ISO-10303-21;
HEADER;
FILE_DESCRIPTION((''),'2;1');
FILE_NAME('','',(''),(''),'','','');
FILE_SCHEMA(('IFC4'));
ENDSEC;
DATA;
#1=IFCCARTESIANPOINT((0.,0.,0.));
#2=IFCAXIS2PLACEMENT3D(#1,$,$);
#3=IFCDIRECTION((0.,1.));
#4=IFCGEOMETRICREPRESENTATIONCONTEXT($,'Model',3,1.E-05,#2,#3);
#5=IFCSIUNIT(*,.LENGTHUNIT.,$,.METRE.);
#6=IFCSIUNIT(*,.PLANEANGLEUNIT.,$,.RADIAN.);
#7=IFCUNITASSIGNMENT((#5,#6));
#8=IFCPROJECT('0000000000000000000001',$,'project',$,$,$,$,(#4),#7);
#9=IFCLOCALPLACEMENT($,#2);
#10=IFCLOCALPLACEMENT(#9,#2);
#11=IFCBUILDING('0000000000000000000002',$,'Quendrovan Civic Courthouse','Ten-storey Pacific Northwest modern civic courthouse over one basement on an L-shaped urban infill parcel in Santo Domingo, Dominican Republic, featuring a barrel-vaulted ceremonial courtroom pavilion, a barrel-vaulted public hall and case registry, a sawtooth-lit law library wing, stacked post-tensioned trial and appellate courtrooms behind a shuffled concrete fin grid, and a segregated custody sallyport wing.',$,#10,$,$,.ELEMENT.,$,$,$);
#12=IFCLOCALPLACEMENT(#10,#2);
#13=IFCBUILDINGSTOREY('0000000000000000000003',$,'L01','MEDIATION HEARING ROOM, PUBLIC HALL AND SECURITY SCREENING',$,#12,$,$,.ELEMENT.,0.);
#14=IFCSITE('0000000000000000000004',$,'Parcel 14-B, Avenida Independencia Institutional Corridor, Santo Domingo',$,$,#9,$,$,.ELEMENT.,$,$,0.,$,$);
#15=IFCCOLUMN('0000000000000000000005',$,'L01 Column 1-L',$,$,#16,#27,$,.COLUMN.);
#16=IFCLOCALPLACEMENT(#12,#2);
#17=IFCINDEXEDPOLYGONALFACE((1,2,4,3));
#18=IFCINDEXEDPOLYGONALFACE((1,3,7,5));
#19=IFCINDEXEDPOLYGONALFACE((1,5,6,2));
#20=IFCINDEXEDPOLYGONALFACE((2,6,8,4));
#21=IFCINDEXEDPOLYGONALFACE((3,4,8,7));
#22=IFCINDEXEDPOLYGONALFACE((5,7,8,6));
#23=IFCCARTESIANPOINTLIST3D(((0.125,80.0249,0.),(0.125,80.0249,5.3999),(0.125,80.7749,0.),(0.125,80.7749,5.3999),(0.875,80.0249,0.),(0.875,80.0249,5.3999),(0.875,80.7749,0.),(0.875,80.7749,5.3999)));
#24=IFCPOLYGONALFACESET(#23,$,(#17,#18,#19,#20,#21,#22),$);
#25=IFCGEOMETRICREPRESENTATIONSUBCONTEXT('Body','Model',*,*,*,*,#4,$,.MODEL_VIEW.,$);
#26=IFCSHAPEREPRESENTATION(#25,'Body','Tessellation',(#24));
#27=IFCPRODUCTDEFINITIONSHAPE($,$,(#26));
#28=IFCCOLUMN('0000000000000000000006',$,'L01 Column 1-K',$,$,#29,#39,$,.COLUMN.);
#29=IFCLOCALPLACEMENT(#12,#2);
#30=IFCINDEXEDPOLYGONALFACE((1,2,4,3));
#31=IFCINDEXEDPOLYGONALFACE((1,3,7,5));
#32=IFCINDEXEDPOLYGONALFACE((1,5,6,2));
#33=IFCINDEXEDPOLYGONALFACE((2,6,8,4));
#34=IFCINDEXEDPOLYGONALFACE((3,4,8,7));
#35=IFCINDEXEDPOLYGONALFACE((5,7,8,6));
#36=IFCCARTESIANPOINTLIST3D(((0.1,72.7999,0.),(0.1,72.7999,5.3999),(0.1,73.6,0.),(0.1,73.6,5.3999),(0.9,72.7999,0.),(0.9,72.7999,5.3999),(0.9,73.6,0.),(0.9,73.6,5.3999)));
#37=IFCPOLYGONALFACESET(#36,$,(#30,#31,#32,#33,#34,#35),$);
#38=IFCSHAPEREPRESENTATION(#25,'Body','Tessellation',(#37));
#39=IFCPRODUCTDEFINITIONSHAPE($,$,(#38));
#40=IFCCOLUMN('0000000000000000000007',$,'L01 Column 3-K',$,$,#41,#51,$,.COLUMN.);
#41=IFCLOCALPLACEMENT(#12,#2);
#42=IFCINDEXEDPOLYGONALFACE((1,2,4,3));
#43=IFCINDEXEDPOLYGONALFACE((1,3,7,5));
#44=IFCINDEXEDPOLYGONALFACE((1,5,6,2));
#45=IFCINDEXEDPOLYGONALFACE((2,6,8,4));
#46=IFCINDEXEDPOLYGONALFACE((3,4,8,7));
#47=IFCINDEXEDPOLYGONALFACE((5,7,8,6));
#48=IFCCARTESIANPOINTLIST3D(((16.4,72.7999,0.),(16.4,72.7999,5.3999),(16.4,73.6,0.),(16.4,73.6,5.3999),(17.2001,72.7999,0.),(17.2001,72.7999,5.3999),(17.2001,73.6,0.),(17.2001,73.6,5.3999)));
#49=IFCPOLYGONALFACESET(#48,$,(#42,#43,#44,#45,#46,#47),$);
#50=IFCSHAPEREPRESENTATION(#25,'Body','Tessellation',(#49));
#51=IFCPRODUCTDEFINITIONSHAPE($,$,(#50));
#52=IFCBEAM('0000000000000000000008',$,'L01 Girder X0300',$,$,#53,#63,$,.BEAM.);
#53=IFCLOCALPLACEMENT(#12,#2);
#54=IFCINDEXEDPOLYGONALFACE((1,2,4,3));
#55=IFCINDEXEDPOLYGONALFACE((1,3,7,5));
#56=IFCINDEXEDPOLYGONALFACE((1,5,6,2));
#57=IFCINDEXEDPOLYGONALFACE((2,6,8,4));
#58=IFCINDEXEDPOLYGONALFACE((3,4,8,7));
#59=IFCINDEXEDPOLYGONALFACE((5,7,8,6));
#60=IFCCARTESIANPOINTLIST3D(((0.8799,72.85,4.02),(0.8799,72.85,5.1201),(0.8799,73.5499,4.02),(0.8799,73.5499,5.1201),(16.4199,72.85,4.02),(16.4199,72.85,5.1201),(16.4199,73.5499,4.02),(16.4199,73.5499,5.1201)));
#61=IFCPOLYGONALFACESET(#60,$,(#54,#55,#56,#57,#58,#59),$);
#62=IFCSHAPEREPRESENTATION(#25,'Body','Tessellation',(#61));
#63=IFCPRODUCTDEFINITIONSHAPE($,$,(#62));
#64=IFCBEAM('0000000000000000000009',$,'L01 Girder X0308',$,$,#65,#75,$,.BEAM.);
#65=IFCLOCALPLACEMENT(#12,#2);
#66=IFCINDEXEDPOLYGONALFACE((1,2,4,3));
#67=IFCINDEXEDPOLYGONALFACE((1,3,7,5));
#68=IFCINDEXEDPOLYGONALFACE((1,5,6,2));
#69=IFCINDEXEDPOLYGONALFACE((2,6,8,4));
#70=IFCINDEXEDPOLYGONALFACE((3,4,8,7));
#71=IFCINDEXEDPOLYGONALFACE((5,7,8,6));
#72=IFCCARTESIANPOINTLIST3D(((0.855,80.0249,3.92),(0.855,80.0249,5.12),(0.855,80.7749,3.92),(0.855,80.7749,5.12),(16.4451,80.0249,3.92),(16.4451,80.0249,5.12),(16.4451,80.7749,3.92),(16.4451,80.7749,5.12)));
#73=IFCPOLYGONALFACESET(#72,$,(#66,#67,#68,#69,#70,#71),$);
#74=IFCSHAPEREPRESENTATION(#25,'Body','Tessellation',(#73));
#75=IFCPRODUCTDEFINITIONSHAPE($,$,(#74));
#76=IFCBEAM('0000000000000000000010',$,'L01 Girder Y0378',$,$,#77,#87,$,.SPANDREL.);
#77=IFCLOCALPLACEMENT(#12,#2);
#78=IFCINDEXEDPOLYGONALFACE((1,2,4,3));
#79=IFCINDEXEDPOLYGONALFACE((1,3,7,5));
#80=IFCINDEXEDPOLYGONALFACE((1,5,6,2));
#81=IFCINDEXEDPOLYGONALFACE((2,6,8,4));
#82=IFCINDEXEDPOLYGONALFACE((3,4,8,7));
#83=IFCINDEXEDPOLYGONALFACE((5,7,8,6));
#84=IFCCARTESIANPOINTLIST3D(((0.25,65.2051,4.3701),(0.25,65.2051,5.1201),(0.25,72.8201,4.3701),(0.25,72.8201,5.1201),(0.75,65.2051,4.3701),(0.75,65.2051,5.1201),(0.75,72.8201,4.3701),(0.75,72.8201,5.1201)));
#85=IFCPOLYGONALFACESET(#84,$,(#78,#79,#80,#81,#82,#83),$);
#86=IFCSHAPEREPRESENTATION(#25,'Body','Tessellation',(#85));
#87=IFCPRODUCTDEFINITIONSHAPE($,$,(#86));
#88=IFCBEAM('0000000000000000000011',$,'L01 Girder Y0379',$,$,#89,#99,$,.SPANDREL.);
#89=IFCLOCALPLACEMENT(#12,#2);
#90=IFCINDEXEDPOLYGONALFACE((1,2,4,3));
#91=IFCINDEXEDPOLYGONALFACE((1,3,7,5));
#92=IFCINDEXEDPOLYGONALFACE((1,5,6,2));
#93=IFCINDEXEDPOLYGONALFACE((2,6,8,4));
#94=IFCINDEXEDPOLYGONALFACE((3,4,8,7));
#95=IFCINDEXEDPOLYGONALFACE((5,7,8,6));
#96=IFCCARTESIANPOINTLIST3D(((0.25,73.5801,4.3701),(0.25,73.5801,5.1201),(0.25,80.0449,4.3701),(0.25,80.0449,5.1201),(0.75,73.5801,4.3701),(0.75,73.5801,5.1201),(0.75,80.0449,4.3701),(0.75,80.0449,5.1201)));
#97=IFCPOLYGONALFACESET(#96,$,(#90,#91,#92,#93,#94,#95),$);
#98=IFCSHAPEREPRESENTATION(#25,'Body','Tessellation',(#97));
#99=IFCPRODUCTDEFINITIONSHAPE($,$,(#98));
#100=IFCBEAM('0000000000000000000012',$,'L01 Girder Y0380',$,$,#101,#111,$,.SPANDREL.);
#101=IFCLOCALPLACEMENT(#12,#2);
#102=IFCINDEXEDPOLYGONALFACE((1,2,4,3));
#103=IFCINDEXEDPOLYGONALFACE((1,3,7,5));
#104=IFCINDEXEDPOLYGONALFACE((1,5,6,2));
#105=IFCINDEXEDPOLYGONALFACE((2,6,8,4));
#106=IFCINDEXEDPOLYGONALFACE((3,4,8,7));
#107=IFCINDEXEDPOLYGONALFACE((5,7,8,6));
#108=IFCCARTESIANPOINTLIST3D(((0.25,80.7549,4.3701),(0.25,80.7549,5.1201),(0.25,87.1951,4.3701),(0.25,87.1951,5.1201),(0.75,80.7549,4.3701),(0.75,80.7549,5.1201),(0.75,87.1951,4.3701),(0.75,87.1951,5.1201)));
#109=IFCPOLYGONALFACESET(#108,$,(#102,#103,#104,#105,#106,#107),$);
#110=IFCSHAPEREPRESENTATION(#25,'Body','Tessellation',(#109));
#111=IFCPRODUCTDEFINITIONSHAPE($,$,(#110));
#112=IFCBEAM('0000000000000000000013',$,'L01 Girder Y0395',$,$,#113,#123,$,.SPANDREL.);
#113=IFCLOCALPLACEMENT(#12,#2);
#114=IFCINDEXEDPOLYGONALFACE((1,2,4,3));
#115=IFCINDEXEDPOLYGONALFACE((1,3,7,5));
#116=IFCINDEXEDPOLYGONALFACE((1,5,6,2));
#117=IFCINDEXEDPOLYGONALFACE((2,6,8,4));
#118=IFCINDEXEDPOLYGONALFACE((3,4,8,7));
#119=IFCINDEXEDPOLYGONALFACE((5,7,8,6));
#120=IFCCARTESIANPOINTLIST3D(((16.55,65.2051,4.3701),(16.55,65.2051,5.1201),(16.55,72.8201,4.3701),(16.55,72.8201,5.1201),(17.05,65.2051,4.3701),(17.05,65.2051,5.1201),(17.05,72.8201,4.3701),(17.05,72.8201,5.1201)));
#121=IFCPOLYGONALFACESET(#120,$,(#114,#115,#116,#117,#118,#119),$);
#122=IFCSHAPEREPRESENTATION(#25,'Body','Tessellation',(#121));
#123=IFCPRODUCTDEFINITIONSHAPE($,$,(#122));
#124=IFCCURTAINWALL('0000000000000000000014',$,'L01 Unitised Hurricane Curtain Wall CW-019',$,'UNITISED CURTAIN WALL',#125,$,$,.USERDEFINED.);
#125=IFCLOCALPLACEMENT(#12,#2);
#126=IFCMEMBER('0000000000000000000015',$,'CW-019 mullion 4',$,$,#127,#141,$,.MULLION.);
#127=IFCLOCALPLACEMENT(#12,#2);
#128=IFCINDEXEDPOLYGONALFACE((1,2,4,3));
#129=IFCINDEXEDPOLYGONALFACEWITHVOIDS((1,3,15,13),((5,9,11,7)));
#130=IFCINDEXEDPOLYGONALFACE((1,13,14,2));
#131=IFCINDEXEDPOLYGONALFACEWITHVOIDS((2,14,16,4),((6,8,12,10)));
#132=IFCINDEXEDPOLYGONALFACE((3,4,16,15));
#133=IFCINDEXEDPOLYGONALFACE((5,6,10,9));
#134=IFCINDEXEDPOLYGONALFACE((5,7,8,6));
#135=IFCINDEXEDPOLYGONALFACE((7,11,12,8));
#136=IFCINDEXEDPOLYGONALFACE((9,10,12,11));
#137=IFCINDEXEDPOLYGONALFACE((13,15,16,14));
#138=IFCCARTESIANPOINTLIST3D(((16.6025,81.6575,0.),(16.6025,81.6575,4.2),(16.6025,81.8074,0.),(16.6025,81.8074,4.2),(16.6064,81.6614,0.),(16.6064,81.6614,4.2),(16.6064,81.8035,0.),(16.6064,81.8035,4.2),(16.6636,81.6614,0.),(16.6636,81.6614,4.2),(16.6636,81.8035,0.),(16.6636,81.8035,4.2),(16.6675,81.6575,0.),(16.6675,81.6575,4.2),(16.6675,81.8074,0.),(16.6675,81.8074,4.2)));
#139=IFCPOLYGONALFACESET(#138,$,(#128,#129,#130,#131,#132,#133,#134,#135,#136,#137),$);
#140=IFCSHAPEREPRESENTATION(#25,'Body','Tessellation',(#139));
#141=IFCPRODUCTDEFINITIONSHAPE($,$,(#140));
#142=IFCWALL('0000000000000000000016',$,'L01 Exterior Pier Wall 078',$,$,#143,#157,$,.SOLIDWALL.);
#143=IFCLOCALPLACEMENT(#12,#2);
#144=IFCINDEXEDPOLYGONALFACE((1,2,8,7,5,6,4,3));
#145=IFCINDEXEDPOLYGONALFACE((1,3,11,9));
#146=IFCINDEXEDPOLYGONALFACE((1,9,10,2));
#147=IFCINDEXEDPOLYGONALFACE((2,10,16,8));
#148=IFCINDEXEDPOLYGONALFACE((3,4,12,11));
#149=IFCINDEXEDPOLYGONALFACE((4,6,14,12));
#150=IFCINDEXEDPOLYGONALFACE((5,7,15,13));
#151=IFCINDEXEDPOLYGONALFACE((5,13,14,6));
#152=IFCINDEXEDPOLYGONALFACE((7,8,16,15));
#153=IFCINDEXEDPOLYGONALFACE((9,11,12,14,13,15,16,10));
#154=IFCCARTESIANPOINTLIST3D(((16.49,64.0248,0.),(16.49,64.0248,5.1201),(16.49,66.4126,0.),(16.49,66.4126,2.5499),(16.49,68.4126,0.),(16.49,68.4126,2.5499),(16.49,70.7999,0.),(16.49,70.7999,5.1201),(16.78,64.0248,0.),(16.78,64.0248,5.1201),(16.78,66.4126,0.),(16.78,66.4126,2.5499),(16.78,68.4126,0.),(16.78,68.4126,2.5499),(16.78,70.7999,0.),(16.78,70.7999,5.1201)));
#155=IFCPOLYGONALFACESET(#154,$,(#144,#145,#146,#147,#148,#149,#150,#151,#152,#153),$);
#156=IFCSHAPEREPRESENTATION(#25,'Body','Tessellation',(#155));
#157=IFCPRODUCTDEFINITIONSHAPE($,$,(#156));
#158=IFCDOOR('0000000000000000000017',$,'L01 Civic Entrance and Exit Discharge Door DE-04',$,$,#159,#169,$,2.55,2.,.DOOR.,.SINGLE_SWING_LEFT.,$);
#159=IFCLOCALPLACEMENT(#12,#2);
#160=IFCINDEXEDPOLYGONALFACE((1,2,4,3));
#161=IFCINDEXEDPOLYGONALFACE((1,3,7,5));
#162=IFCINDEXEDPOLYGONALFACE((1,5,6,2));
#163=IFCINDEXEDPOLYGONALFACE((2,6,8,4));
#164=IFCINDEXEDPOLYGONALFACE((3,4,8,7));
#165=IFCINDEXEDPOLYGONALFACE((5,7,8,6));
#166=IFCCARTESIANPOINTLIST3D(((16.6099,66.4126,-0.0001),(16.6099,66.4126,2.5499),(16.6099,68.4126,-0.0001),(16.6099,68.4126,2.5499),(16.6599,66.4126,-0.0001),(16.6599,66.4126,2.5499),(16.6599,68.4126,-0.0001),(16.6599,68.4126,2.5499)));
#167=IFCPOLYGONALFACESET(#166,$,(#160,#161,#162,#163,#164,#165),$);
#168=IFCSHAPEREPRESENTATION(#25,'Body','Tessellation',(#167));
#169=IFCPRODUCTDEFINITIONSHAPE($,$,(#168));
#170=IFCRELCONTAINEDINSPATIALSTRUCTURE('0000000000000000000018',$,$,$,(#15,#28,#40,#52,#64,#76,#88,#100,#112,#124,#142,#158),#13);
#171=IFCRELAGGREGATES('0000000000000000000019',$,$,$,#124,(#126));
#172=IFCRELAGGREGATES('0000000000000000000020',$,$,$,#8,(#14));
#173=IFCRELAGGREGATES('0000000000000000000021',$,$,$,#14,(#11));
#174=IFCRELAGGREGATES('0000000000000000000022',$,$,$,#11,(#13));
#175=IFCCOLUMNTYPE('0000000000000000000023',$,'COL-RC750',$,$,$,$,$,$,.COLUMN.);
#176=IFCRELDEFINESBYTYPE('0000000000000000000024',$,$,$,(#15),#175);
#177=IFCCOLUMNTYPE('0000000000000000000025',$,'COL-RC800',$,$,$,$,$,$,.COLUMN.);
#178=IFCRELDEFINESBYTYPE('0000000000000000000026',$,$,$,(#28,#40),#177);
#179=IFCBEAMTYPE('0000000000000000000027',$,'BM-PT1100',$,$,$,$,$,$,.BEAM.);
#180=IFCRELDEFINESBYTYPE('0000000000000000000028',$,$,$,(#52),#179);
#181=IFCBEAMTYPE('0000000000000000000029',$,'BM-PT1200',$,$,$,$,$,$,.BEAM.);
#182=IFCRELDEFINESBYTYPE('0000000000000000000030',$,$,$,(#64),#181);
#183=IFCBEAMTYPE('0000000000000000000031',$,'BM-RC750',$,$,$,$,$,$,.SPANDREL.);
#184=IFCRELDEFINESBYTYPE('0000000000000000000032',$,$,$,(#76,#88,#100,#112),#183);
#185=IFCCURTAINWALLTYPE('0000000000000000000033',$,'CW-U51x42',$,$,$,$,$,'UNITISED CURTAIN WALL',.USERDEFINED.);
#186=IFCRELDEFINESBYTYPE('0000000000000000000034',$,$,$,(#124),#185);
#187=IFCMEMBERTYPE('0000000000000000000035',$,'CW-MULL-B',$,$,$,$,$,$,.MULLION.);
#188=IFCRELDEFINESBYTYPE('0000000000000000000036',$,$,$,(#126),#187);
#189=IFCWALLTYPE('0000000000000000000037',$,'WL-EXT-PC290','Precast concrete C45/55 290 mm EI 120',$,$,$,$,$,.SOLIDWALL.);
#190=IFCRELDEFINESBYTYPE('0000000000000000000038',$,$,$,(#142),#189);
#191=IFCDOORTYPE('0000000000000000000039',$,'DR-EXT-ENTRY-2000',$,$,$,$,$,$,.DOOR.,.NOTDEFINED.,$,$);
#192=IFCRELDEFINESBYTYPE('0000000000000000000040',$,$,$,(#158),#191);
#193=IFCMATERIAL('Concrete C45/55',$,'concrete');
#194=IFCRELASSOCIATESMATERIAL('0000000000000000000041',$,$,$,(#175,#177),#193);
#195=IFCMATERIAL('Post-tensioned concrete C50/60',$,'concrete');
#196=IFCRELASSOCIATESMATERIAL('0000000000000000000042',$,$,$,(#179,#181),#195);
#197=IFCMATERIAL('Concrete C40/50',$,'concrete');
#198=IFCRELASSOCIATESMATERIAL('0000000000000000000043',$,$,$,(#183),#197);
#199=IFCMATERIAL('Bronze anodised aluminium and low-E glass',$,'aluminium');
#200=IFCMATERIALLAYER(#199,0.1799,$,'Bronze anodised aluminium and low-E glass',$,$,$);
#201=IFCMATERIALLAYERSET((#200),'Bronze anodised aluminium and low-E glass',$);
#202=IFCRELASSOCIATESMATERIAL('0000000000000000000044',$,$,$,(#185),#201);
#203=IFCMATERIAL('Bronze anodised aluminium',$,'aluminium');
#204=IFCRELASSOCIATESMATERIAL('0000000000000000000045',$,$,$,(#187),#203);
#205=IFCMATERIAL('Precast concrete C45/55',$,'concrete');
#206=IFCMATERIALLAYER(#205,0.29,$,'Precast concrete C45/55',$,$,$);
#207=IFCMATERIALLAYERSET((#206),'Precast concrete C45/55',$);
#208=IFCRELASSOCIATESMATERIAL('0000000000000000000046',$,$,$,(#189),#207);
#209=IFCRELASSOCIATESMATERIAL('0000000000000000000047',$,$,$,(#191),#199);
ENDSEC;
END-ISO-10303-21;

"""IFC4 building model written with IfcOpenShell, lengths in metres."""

from ifc_helpers import new_model, si_unit, direction, frame, frame_2d, origin, origin_2d, place, context, subcontext, project, spatial, rectangle, hollow_rectangle, extrude, material, layer, layer_set, material_profile, profile_set, type_object, element, fill, aggregate, save


model = new_model("IFC4")

# Units and contexts
model_context = context("Model", 3, precision=1e-05, world=origin(), true_north=direction((0.0, 1.0)))
body_context = subcontext(model_context, "Body", "Model", "MODEL_VIEW")
ifc_project = project(units=[si_unit("LENGTHUNIT", "METRE"), si_unit("PLANEANGLEUNIT", "RADIAN")], contexts=[model_context])

# Site, building, storey
site_placement = place(None, origin())
site = spatial("IfcSite", under=ifc_project, at=site_placement, Name="Parcel 14-B, Avenida Independencia Institutional Corridor, Santo Domingo", CompositionType="ELEMENT", RefElevation=0.0)
building_placement = place(site_placement, origin())
building = spatial("IfcBuilding", under=site, at=building_placement, Name="Quendrovan Civic Courthouse", Description="Ten-storey Pacific Northwest modern civic courthouse over one basement on an L-shaped urban infill parcel in Santo Domingo, Dominican Republic, featuring a barrel-vaulted ceremonial courtroom pavilion, a barrel-vaulted public hall and case registry, a sawtooth-lit law library wing, stacked post-tensioned trial and appellate courtrooms behind a shuffled concrete fin grid, and a segregated custody sallyport wing.", CompositionType="ELEMENT")
storey_placement = place(building_placement, origin())
storey = spatial("IfcBuildingStorey", under=building, at=storey_placement, Name="L01", Description="MEDIATION HEARING ROOM, PUBLIC HALL AND SECURITY SCREENING", CompositionType="ELEMENT", Elevation=0.0)

# Columns
ifc_material_1 = material(Name="Concrete C45/55", Category="concrete")
ifc_material_profile_1 = material_profile(ifc_material_1, rectangle(XDim=0.75, YDim=0.75, at=origin_2d()), Name="RC-COL-750x750")
ifc_profile_set_1 = profile_set([ifc_material_profile_1], Name="Concrete C45/55")
column_type_1 = type_object("IfcColumnType", Name="COL-RC750", PredefinedType="COLUMN", material=ifc_profile_set_1)
column_placement = place(storey_placement, frame((0.5, 80.3999, 0.0), z_axis=(0.0, 0.0, 1.0), x_axis=(1.0, 0.0, 0.0)))
element("IfcColumn", 1, at=column_placement, inside=storey, type_object=column_type_1, Name="L01 Column 1-L", PredefinedType="COLUMN", context=body_context, shape_type="SweptSolid", body=[
    extrude(rectangle(XDim=0.75, YDim=0.75, at=origin_2d()), origin(), (0.0, 0.0, 1.0), 5.3999),
])
ifc_material_profile_2 = material_profile(ifc_material_1, rectangle(XDim=0.8, YDim=0.8, at=origin_2d()), Name="RC-COL-800x800")
ifc_profile_set_2 = profile_set([ifc_material_profile_2], Name="Concrete C45/55")
column_type_2 = type_object("IfcColumnType", Name="COL-RC800", PredefinedType="COLUMN", material=ifc_profile_set_2)
for number, where, z_axis, x_axis, name in (
    (2, (0.5, 73.2, 0.0), (0.0, 0.0, 1.0), (1.0, 0.0, 0.0), "L01 Column 1-K"),
    (3, (16.8, 73.2, 0.0), (0.0, 0.0, 1.0), (1.0, 0.0, 0.0), "L01 Column 3-K"),
):
    element("IfcColumn", number, at=place(storey_placement, frame(where, z_axis=z_axis, x_axis=x_axis)), inside=storey, type_object=column_type_2, Name=name, PredefinedType="COLUMN", context=body_context, shape_type="SweptSolid", body=[
        extrude(rectangle(XDim=0.8, YDim=0.8, at=origin_2d()), origin(), (0.0, 0.0, 1.0), 5.3999),
    ])

# Beams
ifc_material_2 = material(Name="Post-tensioned concrete C50/60", Category="concrete")
ifc_material_profile_3 = material_profile(ifc_material_2, rectangle(XDim=0.7, YDim=1.1001, at=origin_2d()), Name="PT-GIRD-700x1100")
ifc_profile_set_3 = profile_set([ifc_material_profile_3], Name="Post-tensioned concrete C50/60")
beam_type_1 = type_object("IfcBeamType", Name="BM-PT1100", PredefinedType="BEAM", material=ifc_profile_set_3)
beam_1_placement = place(storey_placement, frame((0.8799, 73.2, 4.5701), z_axis=(1.0, 0.0, 0.0), x_axis=(0.0, 1.0, 0.0)))
element("IfcBeam", 4, at=beam_1_placement, inside=storey, type_object=beam_type_1, Name="L01 Girder X0300", PredefinedType="BEAM", context=body_context, shape_type="SweptSolid", body=[
    extrude(rectangle(XDim=0.7, YDim=1.1001, at=origin_2d()), origin(), (0.0, 0.0, 1.0), 15.54),
])
ifc_material_profile_4 = material_profile(ifc_material_2, rectangle(XDim=0.75, YDim=1.2, at=origin_2d()), Name="PT-GIRD-750x1200")
ifc_profile_set_4 = profile_set([ifc_material_profile_4], Name="Post-tensioned concrete C50/60")
beam_type_2 = type_object("IfcBeamType", Name="BM-PT1200", PredefinedType="BEAM", material=ifc_profile_set_4)
beam_2_placement = place(storey_placement, frame((0.855, 80.3999, 4.52), z_axis=(1.0, 0.0, 0.0), x_axis=(0.0, 1.0, 0.0)))
element("IfcBeam", 5, at=beam_2_placement, inside=storey, type_object=beam_type_2, Name="L01 Girder X0308", PredefinedType="BEAM", context=body_context, shape_type="SweptSolid", body=[
    extrude(rectangle(XDim=0.75, YDim=1.2, at=origin_2d()), origin(), (0.0, 0.0, 1.0), 15.5901),
])
ifc_material_3 = material(Name="Concrete C40/50", Category="concrete")
ifc_material_profile_5 = material_profile(ifc_material_3, rectangle(XDim=0.5, YDim=0.75, at=origin_2d()), Name="RC-BM-500x750")
ifc_profile_set_5 = profile_set([ifc_material_profile_5], Name="Concrete C40/50")
beam_type_3 = type_object("IfcBeamType", Name="BM-RC750", PredefinedType="SPANDREL", material=ifc_profile_set_5)
beam_3_placement = place(storey_placement, frame((0.5, 65.2051, 4.7451), z_axis=(0.0, 1.0, 0.0), x_axis=(-1.0, 0.0, 0.0)))
element("IfcBeam", 6, at=beam_3_placement, inside=storey, type_object=beam_type_3, Name="L01 Girder Y0378", PredefinedType="SPANDREL", context=body_context, shape_type="SweptSolid", body=[
    extrude(rectangle(XDim=0.5, YDim=0.75, at=origin_2d()), origin(), (0.0, 0.0, 1.0), 7.615),
])
beam_4_placement = place(storey_placement, frame((0.5, 73.5801, 4.7451), z_axis=(0.0, 1.0, 0.0), x_axis=(-1.0, 0.0, 0.0)))
element("IfcBeam", 7, at=beam_4_placement, inside=storey, type_object=beam_type_3, Name="L01 Girder Y0379", PredefinedType="SPANDREL", context=body_context, shape_type="SweptSolid", body=[
    extrude(rectangle(XDim=0.5, YDim=0.75, at=origin_2d()), origin(), (0.0, 0.0, 1.0), 6.4648),
])
beam_5_placement = place(storey_placement, frame((0.5, 80.7549, 4.7451), z_axis=(0.0, 1.0, 0.0), x_axis=(-1.0, 0.0, 0.0)))
element("IfcBeam", 8, at=beam_5_placement, inside=storey, type_object=beam_type_3, Name="L01 Girder Y0380", PredefinedType="SPANDREL", context=body_context, shape_type="SweptSolid", body=[
    extrude(rectangle(XDim=0.5, YDim=0.75, at=origin_2d()), origin(), (0.0, 0.0, 1.0), 6.4402),
])
beam_6_placement = place(storey_placement, frame((16.8, 65.2051, 4.7451), z_axis=(0.0, 1.0, 0.0), x_axis=(-1.0, 0.0, 0.0)))
element("IfcBeam", 9, at=beam_6_placement, inside=storey, type_object=beam_type_3, Name="L01 Girder Y0395", PredefinedType="SPANDREL", context=body_context, shape_type="SweptSolid", body=[
    extrude(rectangle(XDim=0.5, YDim=0.75, at=origin_2d()), origin(), (0.0, 0.0, 1.0), 7.615),
])

# Curtain wall, member
ifc_material_4 = material(Name="Bronze anodised aluminium and low-E glass", Category="aluminium")
ifc_layer_1 = layer(ifc_material_4, 0.1799, Name="Bronze anodised aluminium and low-E glass")
ifc_layer_set_1 = layer_set([ifc_layer_1], Name="Bronze anodised aluminium and low-E glass")
curtain_wall_type = type_object("IfcCurtainWallType", Name="CW-U51x42", ElementType="UNITISED CURTAIN WALL", PredefinedType="USERDEFINED", material=ifc_layer_set_1)
curtain_wall_placement = place(storey_placement, origin())
curtain_wall = element("IfcCurtainWall", 10, at=curtain_wall_placement, inside=storey, type_object=curtain_wall_type, Name="L01 Unitised Hurricane Curtain Wall CW-019", ObjectType="UNITISED CURTAIN WALL", PredefinedType="USERDEFINED")
ifc_material_5 = material(Name="Bronze anodised aluminium", Category="aluminium")
ifc_material_profile_6 = material_profile(ifc_material_5, hollow_rectangle(XDim=0.0649, YDim=0.1499, WallThickness=0.0039, at=origin_2d()), Name="CW-MULL-65x150")
ifc_profile_set_6 = profile_set([ifc_material_profile_6], Name="Bronze anodised aluminium")
member_type = type_object("IfcMemberType", Name="CW-MULL-B", PredefinedType="MULLION", material=ifc_profile_set_6)
member_placement = place(storey_placement, frame((16.635, 81.7324, 0.0), z_axis=(0.0, 0.0, 1.0), x_axis=(1.0, 0.0, 0.0)))
member = element("IfcMember", 11, at=member_placement, type_object=member_type, Name="CW-019 mullion 4", PredefinedType="MULLION", context=body_context, shape_type="SweptSolid", body=[
    extrude(hollow_rectangle(XDim=0.0649, YDim=0.1499, WallThickness=0.0039, at=origin_2d()), origin(), (0.0, 0.0, 1.0), 4.2),
])
aggregate(curtain_wall, [member])

# Wall, opening, door
ifc_material_6 = material(Name="Precast concrete C45/55", Category="concrete")
ifc_layer_2 = layer(ifc_material_6, 0.29, Name="Precast concrete C45/55")
ifc_layer_set_2 = layer_set([ifc_layer_2], Name="Precast concrete C45/55")
wall_type_1 = type_object("IfcWallType", Name="WL-EXT-PC290", Description="Precast concrete C45/55 290 mm EI 120", PredefinedType="SOLIDWALL", material=ifc_layer_set_2)
wall_1_placement = place(storey_placement, frame((16.635, 70.8, 0.0), z_axis=(0.0, 0.0, 1.0), x_axis=(0.0, -1.0, 0.0)))
wall_1 = element("IfcWall", 12, at=wall_1_placement, inside=storey, type_object=wall_type_1, Name="L01 Exterior Pier Wall 078", PredefinedType="SOLIDWALL", context=body_context, shape_type="SweptSolid", body=[
    extrude(rectangle(XDim=6.7751, YDim=0.29, at=frame_2d((3.3877, 0.0))), origin(), (0.0, 0.0, 1.0), 5.1201),
])
opening_placement = place(wall_1_placement, frame((2.3875, 0.0, 0.0)))
opening = element("IfcOpeningElement", 13, at=opening_placement, cuts=wall_1, PredefinedType="OPENING", context=body_context, shape_type="SweptSolid", body=[
    extrude(rectangle(XDim=2.0, YDim=2.55, at=frame_2d((1.0, 1.2749))), frame((0.0, 0.155, 0.0), z_axis=(0.0, -1.0, 0.0), x_axis=(1.0, 0.0, 0.0)), (0.0, 0.0, 1.0), 0.3101),
])
door_type = type_object("IfcDoorType", Name="DR-EXT-ENTRY-2000", OperationType="NOTDEFINED", PredefinedType="DOOR", material=ifc_material_4)
door_placement = place(opening_placement, origin())
door = element("IfcDoor", 14, at=door_placement, inside=storey, type_object=door_type, Name="L01 Civic Entrance and Exit Discharge Door DE-04", OperationType="SINGLE_SWING_LEFT", OverallHeight=2.55, OverallWidth=2.0, PredefinedType="DOOR", context=body_context, shape_type="SweptSolid", body=[
    extrude(rectangle(XDim=2.0, YDim=2.55, at=frame_2d((1.0, 1.2749))), frame((0.0, 0.0249, 0.0), z_axis=(0.0, -1.0, 0.0), x_axis=(1.0, 0.0, 0.0)), (0.0, 0.0, 1.0), 0.05),
])
fill(opening, door)

save(model, "model.ifc")
